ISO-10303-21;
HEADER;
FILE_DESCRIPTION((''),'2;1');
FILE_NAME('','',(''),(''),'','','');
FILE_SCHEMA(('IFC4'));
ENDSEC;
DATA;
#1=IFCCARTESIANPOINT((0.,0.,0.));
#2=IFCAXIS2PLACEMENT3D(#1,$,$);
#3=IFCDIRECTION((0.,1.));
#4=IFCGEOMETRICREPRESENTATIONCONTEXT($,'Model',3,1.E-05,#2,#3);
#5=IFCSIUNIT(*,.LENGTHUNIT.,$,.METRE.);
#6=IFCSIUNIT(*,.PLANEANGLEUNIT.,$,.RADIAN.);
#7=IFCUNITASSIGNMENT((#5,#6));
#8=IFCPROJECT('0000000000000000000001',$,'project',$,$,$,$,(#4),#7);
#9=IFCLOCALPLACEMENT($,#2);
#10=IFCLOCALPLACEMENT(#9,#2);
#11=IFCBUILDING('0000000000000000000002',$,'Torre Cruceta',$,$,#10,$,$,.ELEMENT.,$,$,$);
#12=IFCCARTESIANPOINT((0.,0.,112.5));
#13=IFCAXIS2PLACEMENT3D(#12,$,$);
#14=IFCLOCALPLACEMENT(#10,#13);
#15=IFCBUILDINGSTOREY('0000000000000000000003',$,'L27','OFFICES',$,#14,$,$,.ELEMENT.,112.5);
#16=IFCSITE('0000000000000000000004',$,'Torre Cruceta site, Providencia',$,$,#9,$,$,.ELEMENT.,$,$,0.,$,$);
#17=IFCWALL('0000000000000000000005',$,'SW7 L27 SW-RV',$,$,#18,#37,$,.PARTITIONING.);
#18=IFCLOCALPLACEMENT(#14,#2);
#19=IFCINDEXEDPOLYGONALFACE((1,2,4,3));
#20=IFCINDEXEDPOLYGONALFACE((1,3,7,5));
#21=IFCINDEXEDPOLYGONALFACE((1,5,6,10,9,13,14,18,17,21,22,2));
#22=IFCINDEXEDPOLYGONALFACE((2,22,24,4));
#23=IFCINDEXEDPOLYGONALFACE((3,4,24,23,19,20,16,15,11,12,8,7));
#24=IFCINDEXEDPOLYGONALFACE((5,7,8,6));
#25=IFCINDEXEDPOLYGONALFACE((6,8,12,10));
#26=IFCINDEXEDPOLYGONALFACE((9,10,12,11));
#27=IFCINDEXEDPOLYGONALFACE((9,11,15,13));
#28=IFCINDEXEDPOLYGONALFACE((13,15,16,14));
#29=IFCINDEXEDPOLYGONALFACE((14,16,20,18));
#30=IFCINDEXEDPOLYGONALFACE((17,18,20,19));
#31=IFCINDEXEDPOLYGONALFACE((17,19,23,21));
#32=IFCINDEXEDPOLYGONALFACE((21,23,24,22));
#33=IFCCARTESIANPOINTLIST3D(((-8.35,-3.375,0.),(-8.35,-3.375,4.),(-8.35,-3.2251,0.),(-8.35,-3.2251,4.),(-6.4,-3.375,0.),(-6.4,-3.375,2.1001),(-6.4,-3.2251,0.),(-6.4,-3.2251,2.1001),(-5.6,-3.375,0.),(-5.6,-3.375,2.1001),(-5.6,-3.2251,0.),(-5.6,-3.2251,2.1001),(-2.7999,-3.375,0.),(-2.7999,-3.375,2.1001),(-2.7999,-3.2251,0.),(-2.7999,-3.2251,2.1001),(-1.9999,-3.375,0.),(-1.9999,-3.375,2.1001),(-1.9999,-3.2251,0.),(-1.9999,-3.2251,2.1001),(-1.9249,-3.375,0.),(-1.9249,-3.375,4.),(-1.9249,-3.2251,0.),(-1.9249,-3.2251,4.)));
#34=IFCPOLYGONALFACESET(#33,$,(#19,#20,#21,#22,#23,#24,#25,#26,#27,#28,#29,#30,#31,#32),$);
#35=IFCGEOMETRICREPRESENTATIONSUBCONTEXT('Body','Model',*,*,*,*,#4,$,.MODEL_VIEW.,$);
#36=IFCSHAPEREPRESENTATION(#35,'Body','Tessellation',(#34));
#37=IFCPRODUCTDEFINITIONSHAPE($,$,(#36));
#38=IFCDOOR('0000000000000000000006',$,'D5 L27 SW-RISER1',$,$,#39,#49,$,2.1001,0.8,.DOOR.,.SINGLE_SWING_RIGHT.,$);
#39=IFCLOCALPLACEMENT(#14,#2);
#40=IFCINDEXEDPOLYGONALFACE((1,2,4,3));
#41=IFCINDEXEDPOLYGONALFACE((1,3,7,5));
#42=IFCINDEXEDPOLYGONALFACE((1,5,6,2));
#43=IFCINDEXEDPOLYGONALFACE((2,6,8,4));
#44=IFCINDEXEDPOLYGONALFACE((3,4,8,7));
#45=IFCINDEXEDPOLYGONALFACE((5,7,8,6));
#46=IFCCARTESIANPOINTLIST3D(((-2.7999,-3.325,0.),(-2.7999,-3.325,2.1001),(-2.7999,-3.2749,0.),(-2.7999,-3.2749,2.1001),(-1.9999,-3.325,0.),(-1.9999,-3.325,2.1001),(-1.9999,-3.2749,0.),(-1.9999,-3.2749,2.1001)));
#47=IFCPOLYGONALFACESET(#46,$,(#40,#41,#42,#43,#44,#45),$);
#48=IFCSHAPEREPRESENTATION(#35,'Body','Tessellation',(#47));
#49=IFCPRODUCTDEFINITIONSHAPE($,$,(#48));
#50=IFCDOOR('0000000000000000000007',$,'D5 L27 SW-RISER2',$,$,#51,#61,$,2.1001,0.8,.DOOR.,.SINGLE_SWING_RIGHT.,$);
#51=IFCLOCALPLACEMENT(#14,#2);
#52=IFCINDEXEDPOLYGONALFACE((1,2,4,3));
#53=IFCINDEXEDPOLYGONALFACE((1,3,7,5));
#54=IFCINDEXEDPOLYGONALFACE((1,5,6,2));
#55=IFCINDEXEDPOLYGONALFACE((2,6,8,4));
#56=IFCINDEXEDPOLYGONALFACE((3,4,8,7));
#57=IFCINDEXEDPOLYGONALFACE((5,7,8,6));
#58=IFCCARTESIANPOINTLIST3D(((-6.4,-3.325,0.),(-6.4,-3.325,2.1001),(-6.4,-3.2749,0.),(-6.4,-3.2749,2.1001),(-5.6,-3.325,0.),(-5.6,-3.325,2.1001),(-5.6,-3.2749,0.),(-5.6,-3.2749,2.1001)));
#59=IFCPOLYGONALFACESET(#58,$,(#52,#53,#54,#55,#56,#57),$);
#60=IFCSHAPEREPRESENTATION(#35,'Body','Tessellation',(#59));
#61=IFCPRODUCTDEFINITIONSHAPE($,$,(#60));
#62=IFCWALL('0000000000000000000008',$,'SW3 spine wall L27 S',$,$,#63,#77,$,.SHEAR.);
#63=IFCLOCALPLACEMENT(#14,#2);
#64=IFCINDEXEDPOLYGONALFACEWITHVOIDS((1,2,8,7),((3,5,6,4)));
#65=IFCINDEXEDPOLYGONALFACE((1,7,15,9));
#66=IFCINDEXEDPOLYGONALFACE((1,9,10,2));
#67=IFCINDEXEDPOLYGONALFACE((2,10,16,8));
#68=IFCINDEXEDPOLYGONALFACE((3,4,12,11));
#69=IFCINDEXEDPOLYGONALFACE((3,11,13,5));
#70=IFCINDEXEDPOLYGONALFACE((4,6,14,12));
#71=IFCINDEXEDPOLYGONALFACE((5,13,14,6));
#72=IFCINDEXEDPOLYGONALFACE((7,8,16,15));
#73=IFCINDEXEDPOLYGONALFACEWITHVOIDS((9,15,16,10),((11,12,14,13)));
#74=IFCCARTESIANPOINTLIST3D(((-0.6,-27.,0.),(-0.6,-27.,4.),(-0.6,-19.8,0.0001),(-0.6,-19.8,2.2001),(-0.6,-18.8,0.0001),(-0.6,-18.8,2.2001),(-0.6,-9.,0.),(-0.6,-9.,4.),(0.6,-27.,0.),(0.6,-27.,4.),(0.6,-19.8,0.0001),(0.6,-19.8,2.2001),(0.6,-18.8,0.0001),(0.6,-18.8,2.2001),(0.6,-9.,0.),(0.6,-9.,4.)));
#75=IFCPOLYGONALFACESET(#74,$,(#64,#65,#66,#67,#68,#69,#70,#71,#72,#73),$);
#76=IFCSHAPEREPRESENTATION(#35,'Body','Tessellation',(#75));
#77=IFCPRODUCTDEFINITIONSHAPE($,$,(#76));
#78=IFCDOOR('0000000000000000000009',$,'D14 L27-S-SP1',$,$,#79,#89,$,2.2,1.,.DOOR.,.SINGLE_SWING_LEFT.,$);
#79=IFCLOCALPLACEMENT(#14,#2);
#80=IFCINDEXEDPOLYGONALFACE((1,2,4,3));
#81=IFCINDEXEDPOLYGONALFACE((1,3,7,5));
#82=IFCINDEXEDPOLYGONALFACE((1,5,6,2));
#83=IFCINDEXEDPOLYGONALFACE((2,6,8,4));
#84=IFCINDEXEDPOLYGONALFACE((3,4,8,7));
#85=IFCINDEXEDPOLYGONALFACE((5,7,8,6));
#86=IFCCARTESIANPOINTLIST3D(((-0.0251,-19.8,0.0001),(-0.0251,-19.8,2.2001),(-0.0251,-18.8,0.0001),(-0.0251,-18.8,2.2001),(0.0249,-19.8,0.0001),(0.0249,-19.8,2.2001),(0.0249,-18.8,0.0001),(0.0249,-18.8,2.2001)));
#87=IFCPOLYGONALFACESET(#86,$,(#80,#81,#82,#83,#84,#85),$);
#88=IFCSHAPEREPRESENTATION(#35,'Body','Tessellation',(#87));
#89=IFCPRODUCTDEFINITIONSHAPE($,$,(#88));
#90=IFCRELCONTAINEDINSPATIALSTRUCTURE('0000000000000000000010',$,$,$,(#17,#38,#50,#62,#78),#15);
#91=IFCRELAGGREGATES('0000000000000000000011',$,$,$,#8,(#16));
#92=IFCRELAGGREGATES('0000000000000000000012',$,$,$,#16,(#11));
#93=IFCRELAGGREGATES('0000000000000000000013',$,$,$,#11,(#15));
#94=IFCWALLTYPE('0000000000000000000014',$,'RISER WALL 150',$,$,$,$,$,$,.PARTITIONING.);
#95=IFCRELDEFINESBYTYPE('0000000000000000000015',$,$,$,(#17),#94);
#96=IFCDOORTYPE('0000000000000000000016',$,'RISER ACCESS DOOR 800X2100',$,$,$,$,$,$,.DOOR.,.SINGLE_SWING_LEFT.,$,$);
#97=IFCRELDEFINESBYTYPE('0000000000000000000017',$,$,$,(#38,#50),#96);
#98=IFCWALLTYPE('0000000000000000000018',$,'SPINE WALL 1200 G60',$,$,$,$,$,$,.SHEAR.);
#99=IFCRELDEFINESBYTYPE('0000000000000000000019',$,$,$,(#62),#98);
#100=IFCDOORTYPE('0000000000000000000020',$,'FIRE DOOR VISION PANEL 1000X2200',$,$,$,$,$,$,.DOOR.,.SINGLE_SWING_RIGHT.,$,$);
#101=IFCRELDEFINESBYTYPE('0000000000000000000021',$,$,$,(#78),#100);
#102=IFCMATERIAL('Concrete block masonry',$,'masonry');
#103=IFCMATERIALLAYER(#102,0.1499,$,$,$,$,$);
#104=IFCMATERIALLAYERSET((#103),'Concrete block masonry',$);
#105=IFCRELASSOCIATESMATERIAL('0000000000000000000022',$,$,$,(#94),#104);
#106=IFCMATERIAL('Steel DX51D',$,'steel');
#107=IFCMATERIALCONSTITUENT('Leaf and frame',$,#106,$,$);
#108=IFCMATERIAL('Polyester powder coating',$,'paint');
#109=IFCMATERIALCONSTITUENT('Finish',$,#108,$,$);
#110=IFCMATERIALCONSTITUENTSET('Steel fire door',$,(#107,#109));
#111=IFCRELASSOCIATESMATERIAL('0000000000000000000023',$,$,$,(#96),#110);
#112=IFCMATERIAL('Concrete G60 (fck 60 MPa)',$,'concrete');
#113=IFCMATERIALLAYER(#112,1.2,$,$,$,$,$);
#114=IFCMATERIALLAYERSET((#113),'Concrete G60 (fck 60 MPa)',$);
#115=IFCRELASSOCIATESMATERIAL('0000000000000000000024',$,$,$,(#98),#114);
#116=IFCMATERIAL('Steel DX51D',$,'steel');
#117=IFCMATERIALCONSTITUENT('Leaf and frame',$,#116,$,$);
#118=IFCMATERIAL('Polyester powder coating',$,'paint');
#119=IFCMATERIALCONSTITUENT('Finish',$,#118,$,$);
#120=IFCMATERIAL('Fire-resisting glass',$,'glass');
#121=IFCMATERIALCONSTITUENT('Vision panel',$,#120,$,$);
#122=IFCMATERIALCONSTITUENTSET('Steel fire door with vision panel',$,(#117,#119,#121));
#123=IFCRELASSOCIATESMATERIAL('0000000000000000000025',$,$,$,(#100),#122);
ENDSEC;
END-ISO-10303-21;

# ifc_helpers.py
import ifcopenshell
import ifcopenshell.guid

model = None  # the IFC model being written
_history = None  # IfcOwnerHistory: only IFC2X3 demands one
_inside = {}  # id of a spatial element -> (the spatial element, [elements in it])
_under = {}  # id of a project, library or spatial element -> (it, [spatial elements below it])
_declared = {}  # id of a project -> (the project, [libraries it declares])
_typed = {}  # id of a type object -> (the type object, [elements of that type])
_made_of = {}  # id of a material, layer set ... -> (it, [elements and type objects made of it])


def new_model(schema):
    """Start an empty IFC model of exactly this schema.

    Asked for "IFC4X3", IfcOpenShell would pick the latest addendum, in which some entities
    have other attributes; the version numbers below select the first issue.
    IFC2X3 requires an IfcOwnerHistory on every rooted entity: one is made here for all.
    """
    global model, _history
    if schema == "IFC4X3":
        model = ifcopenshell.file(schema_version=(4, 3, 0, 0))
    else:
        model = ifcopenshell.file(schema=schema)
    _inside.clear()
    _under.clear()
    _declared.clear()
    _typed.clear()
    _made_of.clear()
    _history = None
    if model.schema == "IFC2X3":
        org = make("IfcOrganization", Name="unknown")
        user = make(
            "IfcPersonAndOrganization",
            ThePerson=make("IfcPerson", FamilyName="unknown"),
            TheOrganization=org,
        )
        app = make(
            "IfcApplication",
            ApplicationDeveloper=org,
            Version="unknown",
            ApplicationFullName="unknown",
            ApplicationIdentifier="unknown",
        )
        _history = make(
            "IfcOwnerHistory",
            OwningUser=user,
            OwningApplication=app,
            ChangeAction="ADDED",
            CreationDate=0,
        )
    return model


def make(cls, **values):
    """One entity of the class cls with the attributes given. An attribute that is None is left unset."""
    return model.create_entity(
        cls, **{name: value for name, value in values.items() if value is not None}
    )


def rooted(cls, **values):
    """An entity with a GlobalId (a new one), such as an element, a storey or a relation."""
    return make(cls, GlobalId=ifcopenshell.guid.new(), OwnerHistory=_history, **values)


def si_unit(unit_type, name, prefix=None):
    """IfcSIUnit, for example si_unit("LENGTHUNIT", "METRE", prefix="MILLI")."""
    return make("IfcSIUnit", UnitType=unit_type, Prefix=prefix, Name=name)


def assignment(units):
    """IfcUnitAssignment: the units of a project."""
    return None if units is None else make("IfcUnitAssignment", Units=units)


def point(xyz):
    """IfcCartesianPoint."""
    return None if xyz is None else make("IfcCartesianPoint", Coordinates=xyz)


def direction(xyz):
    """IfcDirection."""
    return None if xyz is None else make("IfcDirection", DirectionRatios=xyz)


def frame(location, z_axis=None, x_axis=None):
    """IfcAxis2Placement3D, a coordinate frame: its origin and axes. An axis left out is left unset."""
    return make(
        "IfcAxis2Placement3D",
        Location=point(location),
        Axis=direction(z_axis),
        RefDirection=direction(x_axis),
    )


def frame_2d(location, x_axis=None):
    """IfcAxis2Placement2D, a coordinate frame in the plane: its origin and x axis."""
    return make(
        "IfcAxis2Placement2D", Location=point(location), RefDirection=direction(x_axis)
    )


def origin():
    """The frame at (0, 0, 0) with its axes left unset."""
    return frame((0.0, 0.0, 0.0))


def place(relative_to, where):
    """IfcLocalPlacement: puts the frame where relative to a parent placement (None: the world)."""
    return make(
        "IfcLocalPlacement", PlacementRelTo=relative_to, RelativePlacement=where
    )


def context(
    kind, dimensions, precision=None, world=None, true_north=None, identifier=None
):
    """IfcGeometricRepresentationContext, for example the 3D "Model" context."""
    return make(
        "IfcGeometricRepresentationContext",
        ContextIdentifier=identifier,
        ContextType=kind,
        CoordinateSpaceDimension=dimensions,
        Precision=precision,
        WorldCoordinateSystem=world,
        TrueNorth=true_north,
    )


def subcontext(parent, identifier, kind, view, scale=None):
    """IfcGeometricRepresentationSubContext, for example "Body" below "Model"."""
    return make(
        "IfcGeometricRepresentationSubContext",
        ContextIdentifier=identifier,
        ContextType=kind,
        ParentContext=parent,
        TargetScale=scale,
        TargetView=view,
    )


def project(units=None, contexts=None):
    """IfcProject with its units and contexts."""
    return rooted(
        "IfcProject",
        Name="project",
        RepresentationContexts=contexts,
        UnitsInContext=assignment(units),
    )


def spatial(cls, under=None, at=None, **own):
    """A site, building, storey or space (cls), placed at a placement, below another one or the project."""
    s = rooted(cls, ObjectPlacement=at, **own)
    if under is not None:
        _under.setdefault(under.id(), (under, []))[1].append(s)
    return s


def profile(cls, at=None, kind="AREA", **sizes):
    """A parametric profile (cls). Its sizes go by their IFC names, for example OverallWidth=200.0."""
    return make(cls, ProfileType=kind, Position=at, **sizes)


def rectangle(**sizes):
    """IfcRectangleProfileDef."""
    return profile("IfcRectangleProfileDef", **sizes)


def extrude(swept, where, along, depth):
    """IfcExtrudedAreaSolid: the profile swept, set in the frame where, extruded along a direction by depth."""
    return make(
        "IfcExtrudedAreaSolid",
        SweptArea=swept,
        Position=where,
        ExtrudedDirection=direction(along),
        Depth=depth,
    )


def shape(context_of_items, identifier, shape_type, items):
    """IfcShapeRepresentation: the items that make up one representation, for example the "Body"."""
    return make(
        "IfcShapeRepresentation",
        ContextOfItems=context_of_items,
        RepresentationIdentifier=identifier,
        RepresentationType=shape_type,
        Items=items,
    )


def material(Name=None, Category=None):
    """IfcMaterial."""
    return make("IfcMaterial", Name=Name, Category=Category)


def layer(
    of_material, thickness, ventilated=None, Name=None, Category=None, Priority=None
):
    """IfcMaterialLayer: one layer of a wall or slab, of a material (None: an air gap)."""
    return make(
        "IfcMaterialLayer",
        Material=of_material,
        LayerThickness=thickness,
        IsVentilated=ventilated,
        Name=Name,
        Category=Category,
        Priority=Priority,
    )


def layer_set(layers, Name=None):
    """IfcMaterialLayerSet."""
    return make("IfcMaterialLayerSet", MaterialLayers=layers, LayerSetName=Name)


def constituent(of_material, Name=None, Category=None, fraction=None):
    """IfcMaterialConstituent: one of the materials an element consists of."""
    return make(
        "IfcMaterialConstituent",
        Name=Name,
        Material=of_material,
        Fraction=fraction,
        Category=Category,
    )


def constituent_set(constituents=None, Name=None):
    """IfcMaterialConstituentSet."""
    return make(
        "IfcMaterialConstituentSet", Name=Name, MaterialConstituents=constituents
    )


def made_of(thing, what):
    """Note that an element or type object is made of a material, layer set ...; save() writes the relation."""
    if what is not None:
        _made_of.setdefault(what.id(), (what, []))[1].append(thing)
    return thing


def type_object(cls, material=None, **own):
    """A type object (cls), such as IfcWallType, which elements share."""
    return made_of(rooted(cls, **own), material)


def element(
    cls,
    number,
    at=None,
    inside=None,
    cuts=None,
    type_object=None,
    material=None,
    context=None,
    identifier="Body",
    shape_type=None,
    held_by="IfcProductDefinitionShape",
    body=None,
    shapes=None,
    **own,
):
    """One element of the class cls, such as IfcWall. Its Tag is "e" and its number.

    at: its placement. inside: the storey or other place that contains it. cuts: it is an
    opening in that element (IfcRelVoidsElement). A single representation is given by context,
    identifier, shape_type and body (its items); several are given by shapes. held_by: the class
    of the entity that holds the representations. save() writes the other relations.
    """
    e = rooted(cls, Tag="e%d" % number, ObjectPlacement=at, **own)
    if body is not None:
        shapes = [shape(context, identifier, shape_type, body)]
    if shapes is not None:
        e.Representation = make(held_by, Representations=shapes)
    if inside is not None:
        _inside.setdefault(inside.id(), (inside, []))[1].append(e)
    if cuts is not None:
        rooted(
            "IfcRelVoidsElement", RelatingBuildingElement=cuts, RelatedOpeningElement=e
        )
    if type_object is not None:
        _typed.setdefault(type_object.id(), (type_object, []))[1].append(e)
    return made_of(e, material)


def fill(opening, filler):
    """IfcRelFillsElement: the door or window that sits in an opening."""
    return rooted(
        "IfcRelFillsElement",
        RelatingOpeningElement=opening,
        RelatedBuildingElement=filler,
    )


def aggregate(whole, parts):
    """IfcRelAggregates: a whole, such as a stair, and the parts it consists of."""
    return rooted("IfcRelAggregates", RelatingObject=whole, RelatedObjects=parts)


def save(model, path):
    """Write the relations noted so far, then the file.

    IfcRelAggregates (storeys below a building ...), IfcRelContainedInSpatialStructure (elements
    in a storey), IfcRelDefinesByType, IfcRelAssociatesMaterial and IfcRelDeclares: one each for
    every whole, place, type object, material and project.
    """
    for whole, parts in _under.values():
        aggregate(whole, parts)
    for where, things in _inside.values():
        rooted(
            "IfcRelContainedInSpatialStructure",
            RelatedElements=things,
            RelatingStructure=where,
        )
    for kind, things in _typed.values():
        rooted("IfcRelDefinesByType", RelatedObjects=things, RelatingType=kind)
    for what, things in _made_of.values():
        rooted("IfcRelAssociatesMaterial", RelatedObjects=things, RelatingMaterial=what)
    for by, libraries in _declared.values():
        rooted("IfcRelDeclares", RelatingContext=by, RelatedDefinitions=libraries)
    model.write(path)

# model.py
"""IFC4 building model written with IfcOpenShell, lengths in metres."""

from ifc_helpers import new_model, si_unit, direction, frame, frame_2d, origin, place, context, subcontext, project, spatial, rectangle, extrude, material, layer, layer_set, constituent, constituent_set, type_object, element, fill, save


model = new_model("IFC4")

# Units and contexts
model_context = context("Model", 3, precision=1e-05, world=origin(), true_north=direction((0.0, 1.0)))
body_context = subcontext(model_context, "Body", "Model", "MODEL_VIEW")
ifc_project = project(units=[si_unit("LENGTHUNIT", "METRE"), si_unit("PLANEANGLEUNIT", "RADIAN")], contexts=[model_context])

# Site, building, storey
site_placement = place(None, origin())
site = spatial("IfcSite", under=ifc_project, at=site_placement, Name="Torre Cruceta site, Providencia", CompositionType="ELEMENT", RefElevation=0.0)
building_placement = place(site_placement, origin())
building = spatial("IfcBuilding", under=site, at=building_placement, Name="Torre Cruceta", CompositionType="ELEMENT")
storey_placement = place(building_placement, frame((0.0, 0.0, 112.5)))
storey = spatial("IfcBuildingStorey", under=building, at=storey_placement, Name="L27", Description="OFFICES", CompositionType="ELEMENT", Elevation=112.5)

# Wall, openings, doors
ifc_material_1 = material(Name="Concrete block masonry", Category="masonry")
ifc_layer_1 = layer(ifc_material_1, 0.1499)
ifc_layer_set_1 = layer_set([ifc_layer_1], Name="Concrete block masonry")
wall_type_1 = type_object("IfcWallType", Name="RISER WALL 150", PredefinedType="PARTITIONING", material=ifc_layer_set_1)
wall_1_placement = place(storey_placement, frame((-1.925, -3.3, 0.0), z_axis=(0.0, 0.0, 1.0), x_axis=(-1.0, 0.0, 0.0)))
wall_1 = element("IfcWall", 1, at=wall_1_placement, inside=storey, type_object=wall_type_1, Name="SW7 L27 SW-RV", PredefinedType="PARTITIONING", context=body_context, shape_type="SweptSolid", body=[
    extrude(rectangle(XDim=6.425, YDim=0.1499, at=frame_2d((3.2124, 0.0))), origin(), (0.0, 0.0, 1.0), 4.0),
])
opening_1_placement = place(wall_1_placement, frame((0.075, 0.0, 0.0)))
opening_1 = element("IfcOpeningElement", 2, at=opening_1_placement, cuts=wall_1, PredefinedType="OPENING", context=body_context, shape_type="SweptSolid", body=[
    extrude(rectangle(XDim=0.8, YDim=2.1001, at=frame_2d((0.3999, 1.05))), frame((0.0, 0.085, 0.0), z_axis=(0.0, -1.0, 0.0), x_axis=(1.0, 0.0, 0.0)), (0.0, 0.0, 1.0), 0.1699),
])
opening_2_placement = place(wall_1_placement, frame((3.675, 0.0, 0.0)))
opening_2 = element("IfcOpeningElement", 3, at=opening_2_placement, cuts=wall_1, PredefinedType="OPENING", context=body_context, shape_type="SweptSolid", body=[
    extrude(rectangle(XDim=0.8, YDim=2.1001, at=frame_2d((0.3999, 1.05))), frame((0.0, 0.085, 0.0), z_axis=(0.0, -1.0, 0.0), x_axis=(1.0, 0.0, 0.0)), (0.0, 0.0, 1.0), 0.1699),
])
ifc_material_2 = material(Name="Steel DX51D", Category="steel")
ifc_constituent_1 = constituent(ifc_material_2, Name="Leaf and frame")
ifc_material_3 = material(Name="Polyester powder coating", Category="paint")
ifc_constituent_2 = constituent(ifc_material_3, Name="Finish")
ifc_constituent_set_1 = constituent_set(constituents=[ifc_constituent_1, ifc_constituent_2], Name="Steel fire door")
door_type_1 = type_object("IfcDoorType", Name="RISER ACCESS DOOR 800X2100", OperationType="SINGLE_SWING_LEFT", PredefinedType="DOOR", material=ifc_constituent_set_1)
door_1_placement = place(opening_1_placement, frame((0.8, 0.0, 0.0), z_axis=(0.0, 0.0, 1.0), x_axis=(-1.0, 0.0, 0.0)))
door_1 = element("IfcDoor", 4, at=door_1_placement, inside=storey, type_object=door_type_1, Name="D5 L27 SW-RISER1", OperationType="SINGLE_SWING_RIGHT", OverallHeight=2.1001, OverallWidth=0.8, PredefinedType="DOOR", context=body_context, shape_type="SweptSolid", body=[
    extrude(rectangle(XDim=0.8, YDim=2.1001, at=frame_2d((0.4001, 1.05))), frame((0.0, 0.0251, 0.0), z_axis=(0.0, -1.0, 0.0), x_axis=(1.0, 0.0, 0.0)), (0.0, 0.0, 1.0), 0.05),
])
fill(opening_1, door_1)
door_2_placement = place(opening_2_placement, frame((0.8, 0.0, 0.0), z_axis=(0.0, 0.0, 1.0), x_axis=(-1.0, 0.0, 0.0)))
door_2 = element("IfcDoor", 5, at=door_2_placement, inside=storey, type_object=door_type_1, Name="D5 L27 SW-RISER2", OperationType="SINGLE_SWING_RIGHT", OverallHeight=2.1001, OverallWidth=0.8, PredefinedType="DOOR", context=body_context, shape_type="SweptSolid", body=[
    extrude(rectangle(XDim=0.8, YDim=2.1001, at=frame_2d((0.4001, 1.05))), frame((0.0, 0.0251, 0.0), z_axis=(0.0, -1.0, 0.0), x_axis=(1.0, 0.0, 0.0)), (0.0, 0.0, 1.0), 0.05),
])
fill(opening_2, door_2)

# Wall, opening, door
ifc_material_4 = material(Name="Concrete G60 (fck 60 MPa)", Category="concrete")
ifc_layer_2 = layer(ifc_material_4, 1.2)
ifc_layer_set_2 = layer_set([ifc_layer_2], Name="Concrete G60 (fck 60 MPa)")
wall_type_2 = type_object("IfcWallType", Name="SPINE WALL 1200 G60", PredefinedType="SHEAR", material=ifc_layer_set_2)
wall_2_placement = place(storey_placement, frame((0.0, -9.0, 0.0), z_axis=(0.0, 0.0, 1.0), x_axis=(0.0, -1.0, 0.0)))
wall_2 = element("IfcWall", 6, at=wall_2_placement, inside=storey, type_object=wall_type_2, Name="SW3 spine wall L27 S", PredefinedType="SHEAR", context=body_context, shape_type="SweptSolid", body=[
    extrude(rectangle(XDim=18.0, YDim=1.2, at=frame_2d((9.0, 0.0))), origin(), (0.0, 0.0, 1.0), 4.0),
])
opening_3_placement = place(wall_2_placement, frame((9.8, 0.0, 0.0)))
opening_3 = element("IfcOpeningElement", 7, at=opening_3_placement, cuts=wall_2, PredefinedType="OPENING", context=body_context, shape_type="SweptSolid", body=[
    extrude(rectangle(XDim=1.0, YDim=2.2, at=frame_2d((0.5, 1.1001))), frame((0.0, 0.6099, 0.0), z_axis=(0.0, -1.0, 0.0), x_axis=(1.0, 0.0, 0.0)), (0.0, 0.0, 1.0), 1.22),
])
ifc_material_5 = material(Name="Steel DX51D", Category="steel")
ifc_constituent_3 = constituent(ifc_material_5, Name="Leaf and frame")
ifc_material_6 = material(Name="Polyester powder coating", Category="paint")
ifc_constituent_4 = constituent(ifc_material_6, Name="Finish")
ifc_material_7 = material(Name="Fire-resisting glass", Category="glass")
ifc_constituent_5 = constituent(ifc_material_7, Name="Vision panel")
ifc_constituent_set_2 = constituent_set(constituents=[ifc_constituent_3, ifc_constituent_4, ifc_constituent_5], Name="Steel fire door with vision panel")
door_type_2 = type_object("IfcDoorType", Name="FIRE DOOR VISION PANEL 1000X2200", OperationType="SINGLE_SWING_RIGHT", PredefinedType="DOOR", material=ifc_constituent_set_2)
door_3_placement = place(opening_3_placement, frame((1.0, 0.0, 0.0), z_axis=(0.0, 0.0, 1.0), x_axis=(-1.0, 0.0, 0.0)))
door_3 = element("IfcDoor", 8, at=door_3_placement, inside=storey, type_object=door_type_2, Name="D14 L27-S-SP1", OperationType="SINGLE_SWING_LEFT", OverallHeight=2.2, OverallWidth=1.0, PredefinedType="DOOR", context=body_context, shape_type="SweptSolid", body=[
    extrude(rectangle(XDim=1.0, YDim=2.2, at=frame_2d((0.5, 1.1001))), frame((0.0, 0.0251, 0.0), z_axis=(0.0, -1.0, 0.0), x_axis=(1.0, 0.0, 0.0)), (0.0, 0.0, 1.0), 0.05),
])
fill(opening_3, door_3)

save(model, "model.ifc")
